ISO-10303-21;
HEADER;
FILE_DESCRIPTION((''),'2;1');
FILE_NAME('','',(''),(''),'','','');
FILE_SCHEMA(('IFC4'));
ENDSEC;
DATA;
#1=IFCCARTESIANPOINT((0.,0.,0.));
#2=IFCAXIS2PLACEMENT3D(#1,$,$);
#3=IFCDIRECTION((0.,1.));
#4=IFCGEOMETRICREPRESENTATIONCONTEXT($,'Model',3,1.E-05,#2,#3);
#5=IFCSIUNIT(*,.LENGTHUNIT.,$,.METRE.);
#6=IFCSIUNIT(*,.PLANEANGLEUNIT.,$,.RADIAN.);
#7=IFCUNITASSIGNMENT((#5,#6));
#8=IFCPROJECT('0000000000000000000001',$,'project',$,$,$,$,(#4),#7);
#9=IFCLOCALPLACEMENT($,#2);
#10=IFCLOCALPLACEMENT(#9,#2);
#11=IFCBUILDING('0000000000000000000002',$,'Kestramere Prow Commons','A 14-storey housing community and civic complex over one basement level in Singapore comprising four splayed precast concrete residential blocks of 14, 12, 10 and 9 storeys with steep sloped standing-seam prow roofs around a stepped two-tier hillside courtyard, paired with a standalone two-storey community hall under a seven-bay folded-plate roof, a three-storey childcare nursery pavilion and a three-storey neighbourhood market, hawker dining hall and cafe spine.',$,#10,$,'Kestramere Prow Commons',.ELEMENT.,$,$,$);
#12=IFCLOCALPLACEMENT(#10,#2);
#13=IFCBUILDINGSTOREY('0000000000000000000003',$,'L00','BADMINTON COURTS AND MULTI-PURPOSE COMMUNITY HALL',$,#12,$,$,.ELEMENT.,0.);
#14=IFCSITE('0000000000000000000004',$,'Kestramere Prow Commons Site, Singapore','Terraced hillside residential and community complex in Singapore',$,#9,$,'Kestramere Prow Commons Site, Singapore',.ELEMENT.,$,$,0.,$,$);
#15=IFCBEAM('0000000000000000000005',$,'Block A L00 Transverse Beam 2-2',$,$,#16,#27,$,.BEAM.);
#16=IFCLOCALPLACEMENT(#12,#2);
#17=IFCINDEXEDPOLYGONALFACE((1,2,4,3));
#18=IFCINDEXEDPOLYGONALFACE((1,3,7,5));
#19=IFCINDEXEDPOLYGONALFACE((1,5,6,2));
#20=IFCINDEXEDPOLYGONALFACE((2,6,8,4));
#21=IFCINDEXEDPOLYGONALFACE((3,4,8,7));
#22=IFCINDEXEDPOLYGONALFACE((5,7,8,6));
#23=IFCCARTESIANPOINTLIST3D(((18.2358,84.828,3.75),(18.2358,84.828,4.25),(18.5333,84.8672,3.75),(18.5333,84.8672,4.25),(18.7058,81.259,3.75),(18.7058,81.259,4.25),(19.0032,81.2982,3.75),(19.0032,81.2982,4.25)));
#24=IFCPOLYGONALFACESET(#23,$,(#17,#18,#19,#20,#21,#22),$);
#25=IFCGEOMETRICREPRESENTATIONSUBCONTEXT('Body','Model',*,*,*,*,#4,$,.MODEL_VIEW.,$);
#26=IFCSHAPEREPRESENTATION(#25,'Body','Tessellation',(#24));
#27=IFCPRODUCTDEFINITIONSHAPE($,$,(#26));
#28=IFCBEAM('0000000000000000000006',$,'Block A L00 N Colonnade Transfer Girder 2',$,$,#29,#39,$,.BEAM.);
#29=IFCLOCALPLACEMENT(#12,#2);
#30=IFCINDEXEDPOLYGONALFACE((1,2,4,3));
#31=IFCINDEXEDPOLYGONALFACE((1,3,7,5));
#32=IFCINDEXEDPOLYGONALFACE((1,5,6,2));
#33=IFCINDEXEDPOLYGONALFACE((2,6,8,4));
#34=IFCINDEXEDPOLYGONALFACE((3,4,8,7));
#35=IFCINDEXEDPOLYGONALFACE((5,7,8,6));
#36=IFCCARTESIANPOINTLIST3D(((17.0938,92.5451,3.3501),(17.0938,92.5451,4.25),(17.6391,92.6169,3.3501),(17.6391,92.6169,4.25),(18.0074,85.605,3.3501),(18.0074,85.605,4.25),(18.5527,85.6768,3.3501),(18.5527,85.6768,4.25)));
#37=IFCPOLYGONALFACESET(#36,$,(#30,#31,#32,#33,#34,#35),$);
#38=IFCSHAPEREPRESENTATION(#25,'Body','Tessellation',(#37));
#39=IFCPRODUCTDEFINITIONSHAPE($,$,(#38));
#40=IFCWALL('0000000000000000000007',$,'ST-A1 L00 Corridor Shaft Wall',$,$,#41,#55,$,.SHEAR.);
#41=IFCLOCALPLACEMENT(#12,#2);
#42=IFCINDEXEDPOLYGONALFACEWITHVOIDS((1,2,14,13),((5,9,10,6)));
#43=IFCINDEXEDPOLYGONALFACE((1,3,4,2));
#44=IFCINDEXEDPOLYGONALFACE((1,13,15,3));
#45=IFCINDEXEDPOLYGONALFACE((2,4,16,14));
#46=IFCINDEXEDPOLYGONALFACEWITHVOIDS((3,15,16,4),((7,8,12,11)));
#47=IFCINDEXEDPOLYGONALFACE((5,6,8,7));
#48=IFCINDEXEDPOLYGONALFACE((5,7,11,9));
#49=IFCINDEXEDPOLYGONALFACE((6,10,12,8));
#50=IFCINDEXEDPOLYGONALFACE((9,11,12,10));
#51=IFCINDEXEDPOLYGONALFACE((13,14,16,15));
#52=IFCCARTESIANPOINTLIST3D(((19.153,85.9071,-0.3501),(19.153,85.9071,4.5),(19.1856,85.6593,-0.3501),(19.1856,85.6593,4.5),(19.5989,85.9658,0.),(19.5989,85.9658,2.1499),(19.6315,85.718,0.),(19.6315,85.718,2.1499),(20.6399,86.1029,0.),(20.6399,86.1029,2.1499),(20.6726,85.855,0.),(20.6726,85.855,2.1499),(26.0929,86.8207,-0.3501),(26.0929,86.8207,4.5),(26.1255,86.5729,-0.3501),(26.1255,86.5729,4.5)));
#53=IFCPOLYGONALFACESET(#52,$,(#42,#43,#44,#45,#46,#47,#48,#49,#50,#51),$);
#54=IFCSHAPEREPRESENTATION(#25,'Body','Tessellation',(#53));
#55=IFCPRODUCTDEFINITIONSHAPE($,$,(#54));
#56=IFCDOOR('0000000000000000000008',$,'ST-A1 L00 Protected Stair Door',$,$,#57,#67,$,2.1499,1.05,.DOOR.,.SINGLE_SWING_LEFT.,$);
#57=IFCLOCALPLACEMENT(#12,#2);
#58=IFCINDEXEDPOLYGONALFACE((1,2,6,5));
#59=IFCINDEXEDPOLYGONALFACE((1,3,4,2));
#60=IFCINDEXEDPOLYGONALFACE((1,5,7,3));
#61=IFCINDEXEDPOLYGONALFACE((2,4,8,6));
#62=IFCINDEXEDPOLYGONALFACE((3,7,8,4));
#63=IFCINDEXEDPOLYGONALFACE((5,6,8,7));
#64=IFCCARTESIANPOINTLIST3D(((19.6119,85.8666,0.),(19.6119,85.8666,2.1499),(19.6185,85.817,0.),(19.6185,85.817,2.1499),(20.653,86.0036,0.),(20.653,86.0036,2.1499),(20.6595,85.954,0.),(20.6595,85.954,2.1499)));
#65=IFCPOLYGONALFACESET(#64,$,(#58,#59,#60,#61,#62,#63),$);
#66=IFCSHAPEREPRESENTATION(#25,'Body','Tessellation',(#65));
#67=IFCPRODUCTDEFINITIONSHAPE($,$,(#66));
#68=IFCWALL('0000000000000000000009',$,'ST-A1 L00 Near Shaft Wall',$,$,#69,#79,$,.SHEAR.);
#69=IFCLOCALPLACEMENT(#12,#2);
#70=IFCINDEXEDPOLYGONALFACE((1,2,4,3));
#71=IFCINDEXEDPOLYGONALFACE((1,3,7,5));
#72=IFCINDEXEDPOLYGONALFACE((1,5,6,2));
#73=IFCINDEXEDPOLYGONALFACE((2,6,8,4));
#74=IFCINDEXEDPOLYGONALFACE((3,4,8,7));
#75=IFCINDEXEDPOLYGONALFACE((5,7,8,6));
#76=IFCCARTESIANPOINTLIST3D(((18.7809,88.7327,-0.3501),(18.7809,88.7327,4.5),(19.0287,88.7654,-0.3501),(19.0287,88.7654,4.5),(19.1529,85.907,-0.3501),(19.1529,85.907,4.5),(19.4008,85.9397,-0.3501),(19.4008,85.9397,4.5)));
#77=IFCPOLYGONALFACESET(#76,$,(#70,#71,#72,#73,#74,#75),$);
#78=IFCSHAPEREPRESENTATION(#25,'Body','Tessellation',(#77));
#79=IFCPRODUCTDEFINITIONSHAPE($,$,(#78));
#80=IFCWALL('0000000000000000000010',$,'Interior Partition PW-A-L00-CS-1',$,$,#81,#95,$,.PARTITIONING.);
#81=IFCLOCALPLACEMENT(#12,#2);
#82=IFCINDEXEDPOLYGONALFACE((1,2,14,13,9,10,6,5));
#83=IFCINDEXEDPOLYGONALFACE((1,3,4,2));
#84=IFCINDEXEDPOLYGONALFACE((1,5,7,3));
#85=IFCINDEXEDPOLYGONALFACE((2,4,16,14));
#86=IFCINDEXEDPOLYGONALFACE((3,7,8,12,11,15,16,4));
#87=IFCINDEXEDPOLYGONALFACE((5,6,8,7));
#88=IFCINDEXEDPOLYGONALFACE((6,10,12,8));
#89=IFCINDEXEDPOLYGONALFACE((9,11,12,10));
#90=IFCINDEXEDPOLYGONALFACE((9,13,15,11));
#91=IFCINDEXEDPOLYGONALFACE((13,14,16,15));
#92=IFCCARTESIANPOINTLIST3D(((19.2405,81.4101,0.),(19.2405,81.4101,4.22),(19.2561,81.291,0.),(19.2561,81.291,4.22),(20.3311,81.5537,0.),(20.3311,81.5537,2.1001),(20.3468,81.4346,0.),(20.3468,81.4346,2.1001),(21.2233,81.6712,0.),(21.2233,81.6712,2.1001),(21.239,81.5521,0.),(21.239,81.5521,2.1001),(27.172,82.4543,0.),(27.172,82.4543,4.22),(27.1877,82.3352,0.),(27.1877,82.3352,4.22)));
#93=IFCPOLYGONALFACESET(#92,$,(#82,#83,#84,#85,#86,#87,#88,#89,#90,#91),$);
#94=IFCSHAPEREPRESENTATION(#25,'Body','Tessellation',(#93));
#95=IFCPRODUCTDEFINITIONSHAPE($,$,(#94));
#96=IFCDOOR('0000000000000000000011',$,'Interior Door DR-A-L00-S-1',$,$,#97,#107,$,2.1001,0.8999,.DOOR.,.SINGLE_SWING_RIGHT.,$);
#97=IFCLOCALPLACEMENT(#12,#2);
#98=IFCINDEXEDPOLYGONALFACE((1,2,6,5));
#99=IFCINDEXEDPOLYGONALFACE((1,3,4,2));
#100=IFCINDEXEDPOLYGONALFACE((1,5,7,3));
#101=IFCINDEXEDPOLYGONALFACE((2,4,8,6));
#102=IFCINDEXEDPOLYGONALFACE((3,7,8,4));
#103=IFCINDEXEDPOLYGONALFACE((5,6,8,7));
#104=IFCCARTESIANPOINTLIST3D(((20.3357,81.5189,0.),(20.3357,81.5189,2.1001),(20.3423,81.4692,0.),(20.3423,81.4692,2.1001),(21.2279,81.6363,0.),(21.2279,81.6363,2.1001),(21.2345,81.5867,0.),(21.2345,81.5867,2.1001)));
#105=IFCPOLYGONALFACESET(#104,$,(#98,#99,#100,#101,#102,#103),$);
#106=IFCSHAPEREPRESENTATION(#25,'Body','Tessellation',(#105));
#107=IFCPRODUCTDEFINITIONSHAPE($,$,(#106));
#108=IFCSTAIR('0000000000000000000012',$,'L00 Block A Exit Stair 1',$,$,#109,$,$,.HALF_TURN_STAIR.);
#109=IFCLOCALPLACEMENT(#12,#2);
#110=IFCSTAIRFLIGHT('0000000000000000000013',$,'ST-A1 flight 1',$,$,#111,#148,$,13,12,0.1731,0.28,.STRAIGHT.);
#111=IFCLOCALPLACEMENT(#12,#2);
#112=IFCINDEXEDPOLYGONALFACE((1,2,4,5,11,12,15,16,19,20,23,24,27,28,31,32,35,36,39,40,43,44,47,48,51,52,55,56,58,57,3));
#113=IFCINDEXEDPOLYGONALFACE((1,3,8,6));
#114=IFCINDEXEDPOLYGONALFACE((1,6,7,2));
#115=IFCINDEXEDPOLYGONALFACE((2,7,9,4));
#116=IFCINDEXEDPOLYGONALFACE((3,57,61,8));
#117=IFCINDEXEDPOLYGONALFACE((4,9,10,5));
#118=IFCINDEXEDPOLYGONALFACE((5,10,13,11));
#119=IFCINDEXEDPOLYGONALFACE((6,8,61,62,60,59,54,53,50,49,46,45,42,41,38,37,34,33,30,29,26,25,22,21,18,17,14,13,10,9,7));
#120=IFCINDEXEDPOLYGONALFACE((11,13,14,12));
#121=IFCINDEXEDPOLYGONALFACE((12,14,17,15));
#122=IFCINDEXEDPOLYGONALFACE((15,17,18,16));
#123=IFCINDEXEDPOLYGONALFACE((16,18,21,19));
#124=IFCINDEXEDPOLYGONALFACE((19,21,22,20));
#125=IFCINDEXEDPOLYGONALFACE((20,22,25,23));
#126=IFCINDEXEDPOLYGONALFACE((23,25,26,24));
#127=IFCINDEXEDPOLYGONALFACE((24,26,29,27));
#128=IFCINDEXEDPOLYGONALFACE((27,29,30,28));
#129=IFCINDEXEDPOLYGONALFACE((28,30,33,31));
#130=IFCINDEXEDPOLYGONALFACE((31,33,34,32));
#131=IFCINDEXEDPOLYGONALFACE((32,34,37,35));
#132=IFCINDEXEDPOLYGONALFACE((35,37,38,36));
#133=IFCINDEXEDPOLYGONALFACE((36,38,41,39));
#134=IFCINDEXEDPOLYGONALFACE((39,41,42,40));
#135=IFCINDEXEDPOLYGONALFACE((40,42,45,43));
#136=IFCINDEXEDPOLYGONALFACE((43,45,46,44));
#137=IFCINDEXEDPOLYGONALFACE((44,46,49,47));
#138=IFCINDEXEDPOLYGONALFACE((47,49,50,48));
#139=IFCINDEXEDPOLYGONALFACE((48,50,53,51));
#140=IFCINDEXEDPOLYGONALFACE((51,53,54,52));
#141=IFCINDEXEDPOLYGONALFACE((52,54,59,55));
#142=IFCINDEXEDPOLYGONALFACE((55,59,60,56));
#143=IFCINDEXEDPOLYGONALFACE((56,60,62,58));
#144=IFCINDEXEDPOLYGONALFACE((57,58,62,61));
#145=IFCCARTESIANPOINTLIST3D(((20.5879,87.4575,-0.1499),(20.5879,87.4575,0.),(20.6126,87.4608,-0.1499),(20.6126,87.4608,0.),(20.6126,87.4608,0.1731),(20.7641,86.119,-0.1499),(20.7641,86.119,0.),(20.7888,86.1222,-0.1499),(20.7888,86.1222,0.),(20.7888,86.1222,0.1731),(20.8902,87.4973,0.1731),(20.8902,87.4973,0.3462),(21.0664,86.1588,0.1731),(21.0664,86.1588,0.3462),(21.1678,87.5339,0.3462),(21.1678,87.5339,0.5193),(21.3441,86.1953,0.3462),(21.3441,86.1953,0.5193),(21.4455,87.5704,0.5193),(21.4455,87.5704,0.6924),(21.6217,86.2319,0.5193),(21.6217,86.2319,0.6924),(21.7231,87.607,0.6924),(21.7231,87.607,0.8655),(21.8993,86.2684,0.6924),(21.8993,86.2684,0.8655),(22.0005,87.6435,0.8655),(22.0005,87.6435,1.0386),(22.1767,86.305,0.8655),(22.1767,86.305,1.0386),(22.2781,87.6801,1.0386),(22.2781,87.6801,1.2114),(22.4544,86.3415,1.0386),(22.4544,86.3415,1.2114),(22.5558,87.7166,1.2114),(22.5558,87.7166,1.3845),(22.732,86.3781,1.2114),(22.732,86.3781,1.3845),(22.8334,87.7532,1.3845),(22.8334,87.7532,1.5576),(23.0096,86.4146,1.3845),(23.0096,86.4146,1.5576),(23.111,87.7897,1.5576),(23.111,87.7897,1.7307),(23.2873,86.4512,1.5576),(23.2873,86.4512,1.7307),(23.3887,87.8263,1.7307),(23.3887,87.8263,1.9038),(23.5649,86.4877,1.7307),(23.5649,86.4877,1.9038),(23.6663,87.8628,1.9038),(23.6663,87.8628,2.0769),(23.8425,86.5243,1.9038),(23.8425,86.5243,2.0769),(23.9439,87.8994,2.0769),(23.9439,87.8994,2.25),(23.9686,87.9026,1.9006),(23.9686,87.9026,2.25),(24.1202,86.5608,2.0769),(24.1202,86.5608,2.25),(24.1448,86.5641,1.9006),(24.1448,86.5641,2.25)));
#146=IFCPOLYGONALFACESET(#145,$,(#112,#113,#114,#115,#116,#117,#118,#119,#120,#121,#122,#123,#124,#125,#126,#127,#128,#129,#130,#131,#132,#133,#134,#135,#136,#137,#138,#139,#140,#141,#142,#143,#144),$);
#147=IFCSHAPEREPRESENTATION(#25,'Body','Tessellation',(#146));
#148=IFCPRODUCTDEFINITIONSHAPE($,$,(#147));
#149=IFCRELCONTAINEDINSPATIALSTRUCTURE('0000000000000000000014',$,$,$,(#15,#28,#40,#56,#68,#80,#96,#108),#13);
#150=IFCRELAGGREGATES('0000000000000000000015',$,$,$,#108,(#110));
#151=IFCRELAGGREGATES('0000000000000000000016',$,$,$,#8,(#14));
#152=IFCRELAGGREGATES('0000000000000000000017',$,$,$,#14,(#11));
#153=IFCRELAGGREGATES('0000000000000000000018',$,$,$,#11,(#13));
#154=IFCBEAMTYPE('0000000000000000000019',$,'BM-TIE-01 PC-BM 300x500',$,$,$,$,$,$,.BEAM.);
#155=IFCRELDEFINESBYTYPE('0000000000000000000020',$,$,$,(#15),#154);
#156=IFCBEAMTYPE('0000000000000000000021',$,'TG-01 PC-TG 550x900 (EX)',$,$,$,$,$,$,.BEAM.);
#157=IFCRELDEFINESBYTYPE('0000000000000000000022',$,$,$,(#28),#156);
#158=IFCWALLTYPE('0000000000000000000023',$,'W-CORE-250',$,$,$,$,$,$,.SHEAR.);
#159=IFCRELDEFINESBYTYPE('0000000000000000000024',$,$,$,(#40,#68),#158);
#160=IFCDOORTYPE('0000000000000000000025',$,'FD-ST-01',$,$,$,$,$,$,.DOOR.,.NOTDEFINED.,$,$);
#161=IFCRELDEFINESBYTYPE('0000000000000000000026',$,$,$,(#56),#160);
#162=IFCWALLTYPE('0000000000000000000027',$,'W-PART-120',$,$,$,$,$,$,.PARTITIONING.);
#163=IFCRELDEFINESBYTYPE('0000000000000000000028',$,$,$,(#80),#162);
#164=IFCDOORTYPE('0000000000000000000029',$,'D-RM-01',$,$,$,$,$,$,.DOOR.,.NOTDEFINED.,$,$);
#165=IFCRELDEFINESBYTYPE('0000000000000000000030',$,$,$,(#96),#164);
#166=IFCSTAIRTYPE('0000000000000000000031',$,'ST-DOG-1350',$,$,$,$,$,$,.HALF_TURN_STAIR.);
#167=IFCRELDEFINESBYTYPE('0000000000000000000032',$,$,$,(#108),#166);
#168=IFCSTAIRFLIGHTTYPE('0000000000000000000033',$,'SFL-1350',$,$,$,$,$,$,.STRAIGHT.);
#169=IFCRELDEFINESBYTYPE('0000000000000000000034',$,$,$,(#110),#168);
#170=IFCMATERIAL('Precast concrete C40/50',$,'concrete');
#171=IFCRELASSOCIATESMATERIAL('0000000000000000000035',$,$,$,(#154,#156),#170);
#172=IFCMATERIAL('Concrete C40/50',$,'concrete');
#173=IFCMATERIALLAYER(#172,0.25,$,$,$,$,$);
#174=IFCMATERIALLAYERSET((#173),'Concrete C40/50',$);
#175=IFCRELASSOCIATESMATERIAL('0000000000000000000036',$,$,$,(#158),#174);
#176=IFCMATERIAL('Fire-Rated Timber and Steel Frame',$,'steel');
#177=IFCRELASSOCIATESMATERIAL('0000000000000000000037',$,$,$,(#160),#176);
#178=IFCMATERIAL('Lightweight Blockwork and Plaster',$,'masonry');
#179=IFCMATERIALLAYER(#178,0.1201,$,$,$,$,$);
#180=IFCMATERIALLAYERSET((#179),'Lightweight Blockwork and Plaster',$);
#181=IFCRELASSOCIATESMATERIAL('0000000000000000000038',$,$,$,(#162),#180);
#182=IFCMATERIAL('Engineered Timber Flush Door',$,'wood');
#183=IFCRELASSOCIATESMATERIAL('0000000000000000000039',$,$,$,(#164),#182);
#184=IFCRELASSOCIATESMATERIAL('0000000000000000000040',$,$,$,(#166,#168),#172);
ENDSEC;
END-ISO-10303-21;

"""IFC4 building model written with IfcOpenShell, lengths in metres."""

from ifc_helpers import new_model, si_unit, direction, frame, frame_2d, origin, origin_2d, place, context, subcontext, project, spatial, polyline, rectangle, outline, extrude, material, layer, layer_set, material_profile, profile_set, type_object, element, fill, aggregate, save


model = new_model("IFC4")

# Units and contexts
model_context = context("Model", 3, precision=1e-05, world=origin(), true_north=direction((0.0, 1.0)))
body_context = subcontext(model_context, "Body", "Model", "MODEL_VIEW")
ifc_project = project(units=[si_unit("LENGTHUNIT", "METRE"), si_unit("PLANEANGLEUNIT", "RADIAN")], contexts=[model_context])

# Site, building, storey
site_placement = place(None, origin())
site = spatial("IfcSite", under=ifc_project, at=site_placement, Name="Kestramere Prow Commons Site, Singapore", Description="Terraced hillside residential and community complex in Singapore", LongName="Kestramere Prow Commons Site, Singapore", CompositionType="ELEMENT", RefElevation=0.0)
building_placement = place(site_placement, origin())
building = spatial("IfcBuilding", under=site, at=building_placement, Name="Kestramere Prow Commons", Description="A 14-storey housing community and civic complex over one basement level in Singapore comprising four splayed precast concrete residential blocks of 14, 12, 10 and 9 storeys with steep sloped standing-seam prow roofs around a stepped two-tier hillside courtyard, paired with a standalone two-storey community hall under a seven-bay folded-plate roof, a three-storey childcare nursery pavilion and a three-storey neighbourhood market, hawker dining hall and cafe spine.", LongName="Kestramere Prow Commons", CompositionType="ELEMENT")
storey_placement = place(building_placement, origin())
storey = spatial("IfcBuildingStorey", under=building, at=storey_placement, Name="L00", Description="BADMINTON COURTS AND MULTI-PURPOSE COMMUNITY HALL", CompositionType="ELEMENT", Elevation=0.0)

# Shared definitions
ifc_material_1 = material(Name="Precast concrete C40/50", Category="concrete")

# Beams
ifc_material_profile_1 = material_profile(ifc_material_1, rectangle(XDim=0.3, YDim=0.5, at=origin_2d()), Name="PC-BM 300x500")
ifc_profile_set_1 = profile_set([ifc_material_profile_1], Name="Precast concrete C40/50")
beam_type_1 = type_object("IfcBeamType", Name="BM-TIE-01 PC-BM 300x500", PredefinedType="BEAM", material=ifc_profile_set_1)
beam_1_placement = place(storey_placement, frame((18.8545, 81.2786, 4.0), z_axis=(-0.130551, 0.991442, 0.0), x_axis=(-0.991442, -0.130551, 0.0)))
element("IfcBeam", 1, at=beam_1_placement, inside=storey, type_object=beam_type_1, Name="Block A L00 Transverse Beam 2-2", PredefinedType="BEAM", context=body_context, shape_type="SweptSolid", body=[
    extrude(rectangle(XDim=0.3, YDim=0.5, at=origin_2d()), origin(), (0.0, 0.0, 1.0), 3.5999),
])
ifc_material_profile_2 = material_profile(ifc_material_1, rectangle(XDim=0.55, YDim=0.8999, at=origin_2d()), Name="PC-TG 550x900")
ifc_profile_set_2 = profile_set([ifc_material_profile_2], Name="Precast concrete C40/50")
beam_type_2 = type_object("IfcBeamType", Name="TG-01 PC-TG 550x900 (EX)", PredefinedType="BEAM", material=ifc_profile_set_2)
beam_2_placement = place(storey_placement, frame((18.28, 85.6409, 3.8), z_axis=(-0.13051, 0.991447, 0.0), x_axis=(-0.991447, -0.13051, 0.0)))
element("IfcBeam", 2, at=beam_2_placement, inside=storey, type_object=beam_type_2, Name="Block A L00 N Colonnade Transfer Girder 2", PredefinedType="BEAM", context=body_context, shape_type="SweptSolid", body=[
    extrude(rectangle(XDim=0.55, YDim=0.8999, at=origin_2d()), origin(), (0.0, 0.0, 1.0), 7.0),
])

# Wall, opening, door
ifc_material_2 = material(Name="Concrete C40/50", Category="concrete")
ifc_layer_1 = layer(ifc_material_2, 0.25)
ifc_layer_set_1 = layer_set([ifc_layer_1], Name="Concrete C40/50")
wall_type_1 = type_object("IfcWallType", Name="W-CORE-250", PredefinedType="SHEAR", material=ifc_layer_set_1)
wall_1_placement = place(storey_placement, frame((19.1692, 85.7832, -0.3501), z_axis=(0.0, 0.0, 1.0), x_axis=(0.991446, 0.130514, 0.0)))
wall_1 = element("IfcWall", 3, at=wall_1_placement, inside=storey, type_object=wall_type_1, Name="ST-A1 L00 Corridor Shaft Wall", PredefinedType="SHEAR", context=body_context, shape_type="SweptSolid", body=[
    extrude(rectangle(XDim=6.9998, YDim=0.25, at=frame_2d((3.5, 0.0))), origin(), (0.0, 0.0, 1.0), 4.8501),
])
opening_1_placement = place(wall_1_placement, frame((0.45, 0.0, 0.3501)))
opening_1 = element("IfcOpeningElement", 4, at=opening_1_placement, cuts=wall_1, PredefinedType="OPENING", context=body_context, shape_type="SweptSolid", body=[
    extrude(rectangle(XDim=1.05, YDim=2.1499, at=frame_2d((0.5249, 1.075))), frame((0.0, 0.1399, 0.0), z_axis=(0.0, -1.0, 0.0), x_axis=(1.0, 0.0, 0.0)), (0.0, 0.0, 1.0), 0.28),
])
ifc_material_3 = material(Name="Fire-Rated Timber and Steel Frame", Category="steel")
door_type_1 = type_object("IfcDoorType", Name="FD-ST-01", OperationType="NOTDEFINED", PredefinedType="DOOR", material=ifc_material_3)
door_1_placement = place(opening_1_placement, origin())
door_1 = element("IfcDoor", 5, at=door_1_placement, inside=storey, type_object=door_type_1, Name="ST-A1 L00 Protected Stair Door", OperationType="SINGLE_SWING_LEFT", OverallHeight=2.1499, OverallWidth=1.05, PredefinedType="DOOR", context=body_context, shape_type="SweptSolid", body=[
    extrude(rectangle(XDim=1.05, YDim=2.1499, at=frame_2d((0.5249, 1.075))), frame((0.0, 0.0249, 0.0), z_axis=(0.0, -1.0, 0.0), x_axis=(1.0, 0.0, 0.0)), (0.0, 0.0, 1.0), 0.05),
])
fill(opening_1, door_1)

# Wall
wall_2_placement = place(storey_placement, frame((19.2769, 85.9233, -0.3501), z_axis=(0.0, 0.0, 1.0), x_axis=(-0.130548, 0.991442, 0.0)))
element("IfcWall", 6, at=wall_2_placement, inside=storey, type_object=wall_type_1, Name="ST-A1 L00 Near Shaft Wall", PredefinedType="SHEAR", context=body_context, shape_type="SweptSolid", body=[
    extrude(rectangle(XDim=2.8501, YDim=0.25, at=frame_2d((1.425, 0.0))), origin(), (0.0, 0.0, 1.0), 4.8501),
])

# Wall, opening, door
ifc_material_4 = material(Name="Lightweight Blockwork and Plaster", Category="masonry")
ifc_layer_2 = layer(ifc_material_4, 0.1201)
ifc_layer_set_2 = layer_set([ifc_layer_2], Name="Lightweight Blockwork and Plaster")
wall_type_2 = type_object("IfcWallType", Name="W-PART-120", PredefinedType="PARTITIONING", material=ifc_layer_set_2)
wall_3_placement = place(storey_placement, frame((19.2483, 81.3506, 0.0), z_axis=(0.0, 0.0, 1.0), x_axis=(0.991445, 0.130522, 0.0)))
wall_3 = element("IfcWall", 7, at=wall_3_placement, inside=storey, type_object=wall_type_2, Name="Interior Partition PW-A-L00-CS-1", PredefinedType="PARTITIONING", context=body_context, shape_type="SweptSolid", body=[
    extrude(rectangle(XDim=8.0, YDim=0.1201, at=frame_2d((4.0, 0.0))), origin(), (0.0, 0.0, 1.0), 4.22),
])
opening_2_placement = place(wall_3_placement, frame((1.1001, 0.0, 0.0)))
opening_2 = element("IfcOpeningElement", 8, at=opening_2_placement, cuts=wall_3, PredefinedType="OPENING", context=body_context, shape_type="SweptSolid", body=[
    extrude(rectangle(XDim=0.8999, YDim=2.1001, at=frame_2d((0.45, 1.05))), frame((0.0, 0.075, 0.0), z_axis=(0.0, -1.0, 0.0), x_axis=(1.0, 0.0, 0.0)), (0.0, 0.0, 1.0), 0.1501),
])
ifc_material_5 = material(Name="Engineered Timber Flush Door", Category="wood")
door_type_2 = type_object("IfcDoorType", Name="D-RM-01", OperationType="NOTDEFINED", PredefinedType="DOOR", material=ifc_material_5)
door_2_placement = place(opening_2_placement, origin())
door_2 = element("IfcDoor", 9, at=door_2_placement, inside=storey, type_object=door_type_2, Name="Interior Door DR-A-L00-S-1", OperationType="SINGLE_SWING_RIGHT", OverallHeight=2.1001, OverallWidth=0.8999, PredefinedType="DOOR", context=body_context, shape_type="SweptSolid", body=[
    extrude(rectangle(XDim=0.8999, YDim=2.1001, at=frame_2d((0.45, 1.05))), frame((0.0, 0.0249, 0.0), z_axis=(0.0, -1.0, 0.0), x_axis=(1.0, 0.0, 0.0)), (0.0, 0.0, 1.0), 0.05),
])
fill(opening_2, door_2)

# Stair, stair flight
stair_type = type_object("IfcStairType", Name="ST-DOG-1350", PredefinedType="HALF_TURN_STAIR", material=ifc_material_2)
stair_placement = place(storey_placement, origin())
stair = element("IfcStair", 10, at=stair_placement, inside=storey, type_object=stair_type, Name="L00 Block A Exit Stair 1", PredefinedType="HALF_TURN_STAIR")
stair_flight_type = type_object("IfcStairFlightType", Name="SFL-1350", PredefinedType="STRAIGHT", material=ifc_material_2)
stair_flight_placement = place(storey_placement, frame((20.7007, 86.7915, 0.0), z_axis=(0.0, 0.0, 1.0), x_axis=(0.991445, 0.130526, 0.0)))
stair_flight = element("IfcStairFlight", 11, at=stair_flight_placement, type_object=stair_flight_type, Name="ST-A1 flight 1", NumberOfRisers=13, NumberOfTreads=12, PredefinedType="STRAIGHT", RiserHeight=0.1731, TreadLength=0.28, context=body_context, shape_type="SweptSolid", body=[
    extrude(outline(polyline([(-0.0249, 0.0), (0.0, 0.0), (0.0, 0.1731), (0.28, 0.1731), (0.28, 0.3462), (0.5601, 0.3462), (0.5601, 0.5193), (0.8401, 0.5193), (0.8401, 0.6924), (1.1201, 0.6924), (1.1201, 0.8655), (1.3999, 0.8655), (1.3999, 1.0386), (1.6799, 1.0386), (1.6799, 1.2114), (1.96, 1.2114), (1.96, 1.3845), (2.24, 1.3845), (2.24, 1.5576), (2.52, 1.5576), (2.52, 1.7307), (2.8, 1.7307), (2.8, 1.9038), (3.0801, 1.9038), (3.0801, 2.0769), (3.3601, 2.0769), (3.3601, 2.25), (3.385, 2.25), (3.385, 1.9006), (0.0, -0.1499), (-0.0249, -0.1499), (-0.0249, 0.0)])), frame((0.0, 0.675, 0.0), z_axis=(0.0, -1.0, 0.0), x_axis=(1.0, 0.0, 0.0)), (0.0, 0.0, 1.0), 1.3501),
])
aggregate(stair, [stair_flight])

save(model, "model.ifc")
